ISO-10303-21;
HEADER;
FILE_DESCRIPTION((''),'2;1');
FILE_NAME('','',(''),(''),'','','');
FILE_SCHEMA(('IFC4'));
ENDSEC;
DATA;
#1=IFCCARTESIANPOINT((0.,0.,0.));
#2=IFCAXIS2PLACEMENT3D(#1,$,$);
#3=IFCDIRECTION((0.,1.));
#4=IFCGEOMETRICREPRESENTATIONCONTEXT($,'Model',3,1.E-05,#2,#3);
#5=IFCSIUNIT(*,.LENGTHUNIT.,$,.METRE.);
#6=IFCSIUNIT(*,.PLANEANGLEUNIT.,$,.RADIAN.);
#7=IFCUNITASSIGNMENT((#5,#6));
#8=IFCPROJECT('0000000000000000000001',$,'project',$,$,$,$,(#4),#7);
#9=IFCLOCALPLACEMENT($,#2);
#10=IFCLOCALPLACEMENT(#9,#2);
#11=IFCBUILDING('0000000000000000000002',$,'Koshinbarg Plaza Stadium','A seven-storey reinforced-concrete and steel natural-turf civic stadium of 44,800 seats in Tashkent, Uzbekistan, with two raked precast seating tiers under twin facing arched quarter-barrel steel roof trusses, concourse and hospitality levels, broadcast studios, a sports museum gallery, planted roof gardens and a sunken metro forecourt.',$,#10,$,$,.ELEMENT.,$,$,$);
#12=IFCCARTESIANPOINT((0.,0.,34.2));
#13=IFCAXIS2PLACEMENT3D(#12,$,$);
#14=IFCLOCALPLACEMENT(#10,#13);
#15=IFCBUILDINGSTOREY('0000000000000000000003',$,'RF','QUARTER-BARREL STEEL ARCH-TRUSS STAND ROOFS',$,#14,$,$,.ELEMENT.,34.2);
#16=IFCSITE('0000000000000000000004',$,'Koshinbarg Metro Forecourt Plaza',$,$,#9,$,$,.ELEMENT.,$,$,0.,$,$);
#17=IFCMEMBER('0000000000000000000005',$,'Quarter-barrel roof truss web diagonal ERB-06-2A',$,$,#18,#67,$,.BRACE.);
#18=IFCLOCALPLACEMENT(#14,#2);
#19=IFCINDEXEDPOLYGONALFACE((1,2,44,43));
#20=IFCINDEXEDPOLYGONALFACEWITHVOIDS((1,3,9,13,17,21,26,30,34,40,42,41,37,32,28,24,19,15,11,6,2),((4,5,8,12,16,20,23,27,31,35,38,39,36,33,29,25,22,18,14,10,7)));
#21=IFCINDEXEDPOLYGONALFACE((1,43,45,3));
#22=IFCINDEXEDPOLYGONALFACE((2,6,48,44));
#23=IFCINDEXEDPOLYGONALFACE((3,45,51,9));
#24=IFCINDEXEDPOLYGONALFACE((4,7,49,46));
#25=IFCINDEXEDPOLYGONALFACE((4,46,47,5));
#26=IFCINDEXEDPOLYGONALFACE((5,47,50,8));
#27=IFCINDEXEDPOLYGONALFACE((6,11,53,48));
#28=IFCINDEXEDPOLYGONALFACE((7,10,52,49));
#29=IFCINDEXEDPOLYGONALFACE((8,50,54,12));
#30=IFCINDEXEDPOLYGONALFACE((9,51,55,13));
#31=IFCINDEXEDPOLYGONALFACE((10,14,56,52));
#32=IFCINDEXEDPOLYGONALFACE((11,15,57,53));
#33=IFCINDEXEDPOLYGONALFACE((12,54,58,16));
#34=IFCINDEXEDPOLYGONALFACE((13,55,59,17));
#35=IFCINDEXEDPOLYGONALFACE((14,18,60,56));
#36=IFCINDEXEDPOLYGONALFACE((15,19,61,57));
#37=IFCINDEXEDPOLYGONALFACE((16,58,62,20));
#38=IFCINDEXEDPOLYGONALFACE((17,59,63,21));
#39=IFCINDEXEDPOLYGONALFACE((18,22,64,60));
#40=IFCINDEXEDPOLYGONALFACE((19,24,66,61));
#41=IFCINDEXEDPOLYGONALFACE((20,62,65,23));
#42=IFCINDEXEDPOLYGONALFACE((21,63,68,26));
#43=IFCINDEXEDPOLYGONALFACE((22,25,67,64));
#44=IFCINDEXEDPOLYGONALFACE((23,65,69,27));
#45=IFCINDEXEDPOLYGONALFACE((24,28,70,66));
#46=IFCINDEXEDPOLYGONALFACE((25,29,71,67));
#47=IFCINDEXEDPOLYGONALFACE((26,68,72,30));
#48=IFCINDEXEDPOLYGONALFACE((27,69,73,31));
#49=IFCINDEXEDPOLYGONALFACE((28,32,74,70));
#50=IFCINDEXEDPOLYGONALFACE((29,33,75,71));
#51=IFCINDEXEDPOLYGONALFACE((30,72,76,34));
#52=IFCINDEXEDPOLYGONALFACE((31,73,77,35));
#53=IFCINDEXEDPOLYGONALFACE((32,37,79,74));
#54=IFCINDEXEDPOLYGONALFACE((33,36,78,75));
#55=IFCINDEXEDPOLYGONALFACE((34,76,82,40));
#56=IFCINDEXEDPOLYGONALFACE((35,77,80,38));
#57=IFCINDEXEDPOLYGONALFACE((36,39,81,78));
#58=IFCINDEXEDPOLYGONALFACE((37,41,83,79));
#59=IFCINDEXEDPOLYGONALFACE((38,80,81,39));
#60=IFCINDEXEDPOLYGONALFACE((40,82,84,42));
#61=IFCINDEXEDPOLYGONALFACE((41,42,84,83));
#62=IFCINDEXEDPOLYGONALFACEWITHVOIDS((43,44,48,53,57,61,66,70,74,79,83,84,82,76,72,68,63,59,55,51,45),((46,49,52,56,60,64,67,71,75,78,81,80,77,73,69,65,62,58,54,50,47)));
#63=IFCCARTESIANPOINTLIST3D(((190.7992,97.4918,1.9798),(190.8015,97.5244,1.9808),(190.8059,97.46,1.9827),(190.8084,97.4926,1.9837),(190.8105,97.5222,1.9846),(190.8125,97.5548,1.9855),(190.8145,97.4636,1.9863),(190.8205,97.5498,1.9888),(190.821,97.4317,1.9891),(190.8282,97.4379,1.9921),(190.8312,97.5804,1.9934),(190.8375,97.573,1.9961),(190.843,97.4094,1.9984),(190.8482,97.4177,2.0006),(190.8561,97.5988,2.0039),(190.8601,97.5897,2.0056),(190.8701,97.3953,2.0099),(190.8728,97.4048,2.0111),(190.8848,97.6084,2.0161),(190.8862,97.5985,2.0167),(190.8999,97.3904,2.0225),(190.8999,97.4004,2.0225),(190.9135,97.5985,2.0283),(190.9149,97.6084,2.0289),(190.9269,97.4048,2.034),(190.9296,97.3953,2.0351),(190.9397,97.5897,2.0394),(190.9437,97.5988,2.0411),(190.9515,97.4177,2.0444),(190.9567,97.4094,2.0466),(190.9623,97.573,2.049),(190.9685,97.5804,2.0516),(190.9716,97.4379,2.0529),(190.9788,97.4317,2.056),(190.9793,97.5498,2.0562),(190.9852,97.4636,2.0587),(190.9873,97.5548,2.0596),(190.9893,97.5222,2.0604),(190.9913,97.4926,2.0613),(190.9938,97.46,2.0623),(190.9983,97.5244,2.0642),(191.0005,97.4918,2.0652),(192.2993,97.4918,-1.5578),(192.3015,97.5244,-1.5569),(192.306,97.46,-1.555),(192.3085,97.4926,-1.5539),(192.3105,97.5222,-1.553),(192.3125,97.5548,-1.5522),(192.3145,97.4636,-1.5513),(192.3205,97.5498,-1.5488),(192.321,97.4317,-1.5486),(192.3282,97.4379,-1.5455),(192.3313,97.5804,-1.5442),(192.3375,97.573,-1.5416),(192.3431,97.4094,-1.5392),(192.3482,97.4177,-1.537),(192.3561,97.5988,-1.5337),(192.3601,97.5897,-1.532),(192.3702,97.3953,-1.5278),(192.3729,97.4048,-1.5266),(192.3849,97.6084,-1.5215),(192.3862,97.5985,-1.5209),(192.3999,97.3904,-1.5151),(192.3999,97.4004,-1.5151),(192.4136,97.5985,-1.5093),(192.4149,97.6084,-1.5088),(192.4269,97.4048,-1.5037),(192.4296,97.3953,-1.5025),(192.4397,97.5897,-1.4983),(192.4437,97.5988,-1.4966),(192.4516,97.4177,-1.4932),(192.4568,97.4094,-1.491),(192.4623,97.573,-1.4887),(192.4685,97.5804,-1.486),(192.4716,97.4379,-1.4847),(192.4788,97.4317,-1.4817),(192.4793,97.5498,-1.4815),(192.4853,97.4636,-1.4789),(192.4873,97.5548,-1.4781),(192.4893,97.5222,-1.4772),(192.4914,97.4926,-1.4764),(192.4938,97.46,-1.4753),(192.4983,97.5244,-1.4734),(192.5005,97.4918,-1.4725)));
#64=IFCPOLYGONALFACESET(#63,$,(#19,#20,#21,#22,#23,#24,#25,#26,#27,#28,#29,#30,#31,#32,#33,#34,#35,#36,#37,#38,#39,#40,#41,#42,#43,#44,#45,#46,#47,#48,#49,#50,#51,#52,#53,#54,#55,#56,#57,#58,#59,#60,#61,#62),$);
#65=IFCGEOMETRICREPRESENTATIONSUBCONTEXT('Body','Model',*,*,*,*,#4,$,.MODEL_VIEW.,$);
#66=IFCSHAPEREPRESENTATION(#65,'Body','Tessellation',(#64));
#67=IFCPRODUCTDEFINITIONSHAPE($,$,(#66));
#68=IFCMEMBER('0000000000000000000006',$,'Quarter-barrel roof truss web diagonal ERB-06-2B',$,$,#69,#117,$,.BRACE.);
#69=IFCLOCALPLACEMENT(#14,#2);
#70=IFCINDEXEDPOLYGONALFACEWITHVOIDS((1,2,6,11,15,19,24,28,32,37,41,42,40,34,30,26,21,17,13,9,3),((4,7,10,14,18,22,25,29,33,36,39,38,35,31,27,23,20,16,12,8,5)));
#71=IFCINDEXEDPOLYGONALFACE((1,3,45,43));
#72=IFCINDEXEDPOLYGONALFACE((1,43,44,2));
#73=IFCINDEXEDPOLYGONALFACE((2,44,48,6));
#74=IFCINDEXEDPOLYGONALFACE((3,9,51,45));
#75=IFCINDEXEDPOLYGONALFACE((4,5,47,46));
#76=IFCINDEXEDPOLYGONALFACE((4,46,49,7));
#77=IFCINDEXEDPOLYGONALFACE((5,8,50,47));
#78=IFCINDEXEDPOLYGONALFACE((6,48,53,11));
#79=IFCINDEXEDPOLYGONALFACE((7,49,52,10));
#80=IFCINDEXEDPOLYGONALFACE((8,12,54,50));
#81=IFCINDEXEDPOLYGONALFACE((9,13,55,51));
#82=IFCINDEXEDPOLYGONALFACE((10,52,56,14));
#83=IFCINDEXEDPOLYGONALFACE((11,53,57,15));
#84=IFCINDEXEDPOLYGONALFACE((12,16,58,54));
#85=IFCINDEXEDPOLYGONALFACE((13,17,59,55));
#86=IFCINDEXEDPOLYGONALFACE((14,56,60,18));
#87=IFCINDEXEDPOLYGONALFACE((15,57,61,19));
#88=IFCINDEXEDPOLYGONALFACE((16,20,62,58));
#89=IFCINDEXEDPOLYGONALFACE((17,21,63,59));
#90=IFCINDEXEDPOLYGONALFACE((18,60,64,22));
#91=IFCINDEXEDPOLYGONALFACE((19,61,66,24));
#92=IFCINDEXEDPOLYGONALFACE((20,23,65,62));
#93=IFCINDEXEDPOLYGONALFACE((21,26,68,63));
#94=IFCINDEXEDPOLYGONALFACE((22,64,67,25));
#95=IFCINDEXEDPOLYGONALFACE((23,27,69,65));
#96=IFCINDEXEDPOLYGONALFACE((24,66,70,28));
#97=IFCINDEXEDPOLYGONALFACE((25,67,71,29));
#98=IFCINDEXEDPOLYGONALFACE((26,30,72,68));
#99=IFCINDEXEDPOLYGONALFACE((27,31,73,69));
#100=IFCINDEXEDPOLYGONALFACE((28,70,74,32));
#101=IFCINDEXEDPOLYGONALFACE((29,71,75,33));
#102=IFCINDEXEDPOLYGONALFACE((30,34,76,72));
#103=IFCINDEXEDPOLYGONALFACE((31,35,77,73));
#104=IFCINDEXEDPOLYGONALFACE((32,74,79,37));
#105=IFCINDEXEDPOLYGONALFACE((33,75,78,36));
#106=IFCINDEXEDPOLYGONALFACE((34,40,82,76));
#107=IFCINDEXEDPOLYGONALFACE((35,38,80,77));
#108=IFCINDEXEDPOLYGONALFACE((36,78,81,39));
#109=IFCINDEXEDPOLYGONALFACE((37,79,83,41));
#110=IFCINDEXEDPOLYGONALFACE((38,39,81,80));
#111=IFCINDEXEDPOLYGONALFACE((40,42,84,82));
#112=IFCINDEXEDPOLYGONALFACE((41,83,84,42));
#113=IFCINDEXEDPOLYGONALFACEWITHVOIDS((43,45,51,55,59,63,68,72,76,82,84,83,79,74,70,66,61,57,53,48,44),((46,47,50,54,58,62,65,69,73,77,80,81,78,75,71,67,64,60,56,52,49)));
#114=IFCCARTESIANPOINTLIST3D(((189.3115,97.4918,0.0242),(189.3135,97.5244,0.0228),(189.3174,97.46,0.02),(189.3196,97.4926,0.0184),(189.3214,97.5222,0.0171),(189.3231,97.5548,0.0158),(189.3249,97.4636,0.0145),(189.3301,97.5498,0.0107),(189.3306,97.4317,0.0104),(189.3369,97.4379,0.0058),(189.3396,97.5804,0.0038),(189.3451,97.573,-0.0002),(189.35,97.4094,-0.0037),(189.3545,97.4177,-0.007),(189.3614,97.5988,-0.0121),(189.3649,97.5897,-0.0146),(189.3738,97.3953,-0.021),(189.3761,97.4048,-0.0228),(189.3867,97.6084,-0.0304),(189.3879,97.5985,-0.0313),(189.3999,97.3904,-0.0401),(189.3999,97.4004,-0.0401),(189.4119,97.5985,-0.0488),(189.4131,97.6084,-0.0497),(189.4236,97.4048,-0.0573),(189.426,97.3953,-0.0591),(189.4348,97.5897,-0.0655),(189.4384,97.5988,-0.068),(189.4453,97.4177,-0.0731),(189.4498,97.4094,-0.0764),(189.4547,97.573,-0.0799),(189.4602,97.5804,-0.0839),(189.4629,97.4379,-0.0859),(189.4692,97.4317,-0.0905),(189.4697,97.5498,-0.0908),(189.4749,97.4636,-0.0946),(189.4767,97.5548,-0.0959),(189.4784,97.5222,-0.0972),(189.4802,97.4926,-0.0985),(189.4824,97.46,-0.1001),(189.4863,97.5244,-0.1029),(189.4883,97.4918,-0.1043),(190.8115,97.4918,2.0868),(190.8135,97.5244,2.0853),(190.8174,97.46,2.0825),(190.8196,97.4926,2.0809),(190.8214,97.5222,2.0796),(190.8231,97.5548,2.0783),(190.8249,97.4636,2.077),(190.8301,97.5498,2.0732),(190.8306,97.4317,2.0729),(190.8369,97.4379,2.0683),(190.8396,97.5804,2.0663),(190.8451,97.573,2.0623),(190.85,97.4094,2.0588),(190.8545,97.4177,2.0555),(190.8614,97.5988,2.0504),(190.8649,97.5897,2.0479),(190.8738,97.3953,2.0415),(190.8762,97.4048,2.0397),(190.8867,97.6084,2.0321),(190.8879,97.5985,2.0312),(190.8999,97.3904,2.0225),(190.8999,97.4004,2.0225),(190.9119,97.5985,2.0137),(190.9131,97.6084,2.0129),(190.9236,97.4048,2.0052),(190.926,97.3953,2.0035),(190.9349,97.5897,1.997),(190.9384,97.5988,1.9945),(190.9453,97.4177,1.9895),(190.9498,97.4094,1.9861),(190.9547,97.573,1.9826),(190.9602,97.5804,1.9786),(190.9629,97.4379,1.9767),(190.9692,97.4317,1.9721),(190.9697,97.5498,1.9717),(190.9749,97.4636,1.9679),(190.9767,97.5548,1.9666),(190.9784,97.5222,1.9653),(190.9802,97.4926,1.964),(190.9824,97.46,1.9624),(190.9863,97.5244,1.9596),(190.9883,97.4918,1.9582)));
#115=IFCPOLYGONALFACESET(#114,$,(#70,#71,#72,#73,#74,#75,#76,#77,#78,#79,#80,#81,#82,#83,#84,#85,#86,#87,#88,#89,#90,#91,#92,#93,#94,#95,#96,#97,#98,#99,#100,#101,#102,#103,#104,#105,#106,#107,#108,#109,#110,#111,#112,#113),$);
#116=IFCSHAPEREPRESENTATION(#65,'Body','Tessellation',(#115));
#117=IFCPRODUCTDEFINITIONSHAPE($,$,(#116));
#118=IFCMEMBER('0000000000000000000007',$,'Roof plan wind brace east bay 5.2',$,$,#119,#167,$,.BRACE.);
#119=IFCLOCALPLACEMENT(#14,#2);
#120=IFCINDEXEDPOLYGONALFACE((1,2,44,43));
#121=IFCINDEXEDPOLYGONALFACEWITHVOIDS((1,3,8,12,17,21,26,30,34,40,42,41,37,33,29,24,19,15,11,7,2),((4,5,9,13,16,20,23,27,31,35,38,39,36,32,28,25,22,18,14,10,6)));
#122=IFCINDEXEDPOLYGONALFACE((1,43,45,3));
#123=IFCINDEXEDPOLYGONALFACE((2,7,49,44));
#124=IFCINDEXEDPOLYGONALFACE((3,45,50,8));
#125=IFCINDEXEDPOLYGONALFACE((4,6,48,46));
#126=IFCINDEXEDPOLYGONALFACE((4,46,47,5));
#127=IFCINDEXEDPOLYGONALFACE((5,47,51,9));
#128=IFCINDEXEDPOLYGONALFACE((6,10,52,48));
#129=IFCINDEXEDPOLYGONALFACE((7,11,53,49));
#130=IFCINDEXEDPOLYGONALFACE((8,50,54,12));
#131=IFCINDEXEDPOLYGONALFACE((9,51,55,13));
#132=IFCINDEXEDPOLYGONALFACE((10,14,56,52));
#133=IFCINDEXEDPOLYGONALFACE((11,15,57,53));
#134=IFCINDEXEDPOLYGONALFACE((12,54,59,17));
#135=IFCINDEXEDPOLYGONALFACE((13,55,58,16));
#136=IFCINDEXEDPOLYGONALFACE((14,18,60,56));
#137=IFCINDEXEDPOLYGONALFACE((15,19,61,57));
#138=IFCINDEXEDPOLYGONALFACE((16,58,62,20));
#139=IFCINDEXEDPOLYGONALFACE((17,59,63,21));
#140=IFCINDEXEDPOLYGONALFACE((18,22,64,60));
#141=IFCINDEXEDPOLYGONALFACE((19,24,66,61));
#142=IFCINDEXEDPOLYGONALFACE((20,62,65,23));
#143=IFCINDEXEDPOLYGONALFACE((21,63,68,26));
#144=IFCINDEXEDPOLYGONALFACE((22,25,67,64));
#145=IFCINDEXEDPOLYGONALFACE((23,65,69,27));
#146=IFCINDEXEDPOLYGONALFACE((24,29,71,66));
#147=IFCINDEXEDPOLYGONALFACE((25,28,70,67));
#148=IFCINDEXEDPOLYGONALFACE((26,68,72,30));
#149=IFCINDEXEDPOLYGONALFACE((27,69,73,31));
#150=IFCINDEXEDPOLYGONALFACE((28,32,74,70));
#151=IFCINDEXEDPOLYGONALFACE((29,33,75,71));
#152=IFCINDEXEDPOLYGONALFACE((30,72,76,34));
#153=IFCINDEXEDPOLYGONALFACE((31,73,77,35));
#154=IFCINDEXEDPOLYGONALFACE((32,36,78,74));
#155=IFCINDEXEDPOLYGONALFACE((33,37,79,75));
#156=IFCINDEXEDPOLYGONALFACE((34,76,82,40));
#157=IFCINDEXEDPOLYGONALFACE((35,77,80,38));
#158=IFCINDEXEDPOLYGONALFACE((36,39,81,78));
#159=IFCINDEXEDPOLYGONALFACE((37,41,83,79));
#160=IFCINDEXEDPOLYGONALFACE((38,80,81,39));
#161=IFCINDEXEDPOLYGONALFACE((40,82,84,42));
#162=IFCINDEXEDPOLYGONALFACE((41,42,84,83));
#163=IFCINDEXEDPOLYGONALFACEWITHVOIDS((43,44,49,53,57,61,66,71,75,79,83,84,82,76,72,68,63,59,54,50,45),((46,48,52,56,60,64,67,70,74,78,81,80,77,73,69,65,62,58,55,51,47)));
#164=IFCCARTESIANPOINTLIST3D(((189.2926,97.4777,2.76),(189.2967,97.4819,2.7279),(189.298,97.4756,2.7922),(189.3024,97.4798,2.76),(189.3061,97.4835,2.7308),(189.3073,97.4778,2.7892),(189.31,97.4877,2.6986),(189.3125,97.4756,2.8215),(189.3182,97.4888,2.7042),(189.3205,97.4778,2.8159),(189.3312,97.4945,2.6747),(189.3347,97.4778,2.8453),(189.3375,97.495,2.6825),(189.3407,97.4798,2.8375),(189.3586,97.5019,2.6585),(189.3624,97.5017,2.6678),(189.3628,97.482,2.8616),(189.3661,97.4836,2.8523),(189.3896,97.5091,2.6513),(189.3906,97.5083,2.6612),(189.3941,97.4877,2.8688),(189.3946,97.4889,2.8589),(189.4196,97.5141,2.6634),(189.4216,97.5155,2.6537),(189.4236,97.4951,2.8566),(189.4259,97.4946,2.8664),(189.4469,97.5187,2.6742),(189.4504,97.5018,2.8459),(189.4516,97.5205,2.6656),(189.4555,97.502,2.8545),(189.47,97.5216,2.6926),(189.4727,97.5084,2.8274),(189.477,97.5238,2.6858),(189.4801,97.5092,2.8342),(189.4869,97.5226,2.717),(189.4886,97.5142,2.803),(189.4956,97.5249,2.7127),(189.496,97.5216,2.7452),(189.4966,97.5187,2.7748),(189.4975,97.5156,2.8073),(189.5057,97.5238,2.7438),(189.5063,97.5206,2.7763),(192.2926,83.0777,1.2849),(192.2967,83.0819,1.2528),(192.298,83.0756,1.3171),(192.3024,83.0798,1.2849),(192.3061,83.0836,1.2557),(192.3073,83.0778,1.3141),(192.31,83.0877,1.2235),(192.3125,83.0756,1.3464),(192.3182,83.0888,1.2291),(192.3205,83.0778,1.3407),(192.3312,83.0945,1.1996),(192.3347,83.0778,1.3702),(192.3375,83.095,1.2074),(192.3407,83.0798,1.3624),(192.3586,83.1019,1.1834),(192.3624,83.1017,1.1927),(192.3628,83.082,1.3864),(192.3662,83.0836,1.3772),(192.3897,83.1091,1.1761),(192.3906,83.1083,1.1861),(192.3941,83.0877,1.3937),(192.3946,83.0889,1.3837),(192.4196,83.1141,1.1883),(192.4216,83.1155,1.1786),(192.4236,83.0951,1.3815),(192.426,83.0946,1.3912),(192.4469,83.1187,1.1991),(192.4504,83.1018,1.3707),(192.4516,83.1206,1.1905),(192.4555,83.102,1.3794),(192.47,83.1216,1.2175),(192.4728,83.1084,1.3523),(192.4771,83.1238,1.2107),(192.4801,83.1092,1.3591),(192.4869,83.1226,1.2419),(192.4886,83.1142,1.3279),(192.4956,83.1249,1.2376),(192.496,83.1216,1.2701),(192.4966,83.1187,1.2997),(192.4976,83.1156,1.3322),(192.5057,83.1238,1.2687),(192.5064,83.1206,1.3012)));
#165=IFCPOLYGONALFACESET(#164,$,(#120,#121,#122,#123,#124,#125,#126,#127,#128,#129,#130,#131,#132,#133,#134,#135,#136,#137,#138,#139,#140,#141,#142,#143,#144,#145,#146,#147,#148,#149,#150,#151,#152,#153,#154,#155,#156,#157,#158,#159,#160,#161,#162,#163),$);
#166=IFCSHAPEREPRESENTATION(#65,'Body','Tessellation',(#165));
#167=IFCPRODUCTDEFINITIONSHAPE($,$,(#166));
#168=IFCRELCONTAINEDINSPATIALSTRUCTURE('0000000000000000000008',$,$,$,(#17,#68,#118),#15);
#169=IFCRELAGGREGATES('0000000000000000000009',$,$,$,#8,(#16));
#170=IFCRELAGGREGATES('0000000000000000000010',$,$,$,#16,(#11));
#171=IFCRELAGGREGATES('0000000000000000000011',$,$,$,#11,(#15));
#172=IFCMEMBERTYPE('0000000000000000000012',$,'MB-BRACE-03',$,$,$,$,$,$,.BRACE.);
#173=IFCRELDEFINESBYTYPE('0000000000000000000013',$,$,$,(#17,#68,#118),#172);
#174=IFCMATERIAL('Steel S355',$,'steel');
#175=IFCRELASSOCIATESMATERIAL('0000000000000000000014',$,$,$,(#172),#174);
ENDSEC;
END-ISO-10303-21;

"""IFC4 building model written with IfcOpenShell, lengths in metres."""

from ifc_helpers import new_model, si_unit, direction, frame, origin, origin_2d, place, context, subcontext, project, spatial, hollow_circle, extrude, material, material_profile, profile_set, type_object, element, save


model = new_model("IFC4")

# Units and contexts
model_context = context("Model", 3, precision=1e-05, world=origin(), true_north=direction((0.0, 1.0)))
body_context = subcontext(model_context, "Body", "Model", "MODEL_VIEW")
ifc_project = project(units=[si_unit("LENGTHUNIT", "METRE"), si_unit("PLANEANGLEUNIT", "RADIAN")], contexts=[model_context])

# Site, building, storey
site_placement = place(None, origin())
site = spatial("IfcSite", under=ifc_project, at=site_placement, Name="Koshinbarg Metro Forecourt Plaza", CompositionType="ELEMENT", RefElevation=0.0)
building_placement = place(site_placement, origin())
building = spatial("IfcBuilding", under=site, at=building_placement, Name="Koshinbarg Plaza Stadium", Description="A seven-storey reinforced-concrete and steel natural-turf civic stadium of 44,800 seats in Tashkent, Uzbekistan, with two raked precast seating tiers under twin facing arched quarter-barrel steel roof trusses, concourse and hospitality levels, broadcast studios, a sports museum gallery, planted roof gardens and a sunken metro forecourt.", CompositionType="ELEMENT")
storey_placement = place(building_placement, frame((0.0, 0.0, 34.2)))
storey = spatial("IfcBuildingStorey", under=building, at=storey_placement, Name="RF", Description="QUARTER-BARREL STEEL ARCH-TRUSS STAND ROOFS", CompositionType="ELEMENT", Elevation=34.2)

# Members
ifc_material_1 = material(Name="Steel S355", Category="steel")
ifc_material_profile_1 = material_profile(ifc_material_1, hollow_circle(Radius=0.1096, WallThickness=0.01, at=origin_2d()), Name="CHS 219.1x10")
ifc_profile_set_1 = profile_set([ifc_material_profile_1], Name="Steel S355")
member_type_1 = type_object("IfcMemberType", Name="MB-BRACE-03", PredefinedType="BRACE", material=ifc_profile_set_1)
member_1_placement = place(storey_placement, frame((192.3999, 97.5, -1.5151), z_axis=(-0.390374, 0.0, 0.920657), x_axis=(0.0, -1.0, 0.0)))
element("IfcMember", 1, at=member_1_placement, inside=storey, type_object=member_type_1, Name="Quarter-barrel roof truss web diagonal ERB-06-2A", PredefinedType="BRACE", context=body_context, shape_type="SweptSolid", body=[
    extrude(hollow_circle(Radius=0.1096, WallThickness=0.01, at=origin_2d()), origin(), (0.0, 0.0, 1.0), 3.8425),
])
member_2_placement = place(storey_placement, frame((190.8999, 97.5, 2.0225), z_axis=(-0.588172, 0.0, -0.808736), x_axis=(0.0, -1.0, 0.0)))
element("IfcMember", 2, at=member_2_placement, inside=storey, type_object=member_type_1, Name="Quarter-barrel roof truss web diagonal ERB-06-2B", PredefinedType="BRACE", context=body_context, shape_type="SweptSolid", body=[
    extrude(hollow_circle(Radius=0.1096, WallThickness=0.01, at=origin_2d()), origin(), (0.0, 0.0, 1.0), 2.5503),
])
member_3_placement = place(storey_placement, frame((192.3999, 83.1001, 1.2849), z_axis=(-0.202938, 0.974094, 0.099784), x_axis=(-0.97898, -0.203956, 0.0)))
element("IfcMember", 3, at=member_3_placement, inside=storey, type_object=member_type_1, Name="Roof plan wind brace east bay 5.2", PredefinedType="BRACE", context=body_context, shape_type="SweptSolid", body=[
    extrude(hollow_circle(Radius=0.1096, WallThickness=0.01, at=origin_2d()), origin(), (0.0, 0.0, 1.0), 14.783),
])

save(model, "model.ifc")
